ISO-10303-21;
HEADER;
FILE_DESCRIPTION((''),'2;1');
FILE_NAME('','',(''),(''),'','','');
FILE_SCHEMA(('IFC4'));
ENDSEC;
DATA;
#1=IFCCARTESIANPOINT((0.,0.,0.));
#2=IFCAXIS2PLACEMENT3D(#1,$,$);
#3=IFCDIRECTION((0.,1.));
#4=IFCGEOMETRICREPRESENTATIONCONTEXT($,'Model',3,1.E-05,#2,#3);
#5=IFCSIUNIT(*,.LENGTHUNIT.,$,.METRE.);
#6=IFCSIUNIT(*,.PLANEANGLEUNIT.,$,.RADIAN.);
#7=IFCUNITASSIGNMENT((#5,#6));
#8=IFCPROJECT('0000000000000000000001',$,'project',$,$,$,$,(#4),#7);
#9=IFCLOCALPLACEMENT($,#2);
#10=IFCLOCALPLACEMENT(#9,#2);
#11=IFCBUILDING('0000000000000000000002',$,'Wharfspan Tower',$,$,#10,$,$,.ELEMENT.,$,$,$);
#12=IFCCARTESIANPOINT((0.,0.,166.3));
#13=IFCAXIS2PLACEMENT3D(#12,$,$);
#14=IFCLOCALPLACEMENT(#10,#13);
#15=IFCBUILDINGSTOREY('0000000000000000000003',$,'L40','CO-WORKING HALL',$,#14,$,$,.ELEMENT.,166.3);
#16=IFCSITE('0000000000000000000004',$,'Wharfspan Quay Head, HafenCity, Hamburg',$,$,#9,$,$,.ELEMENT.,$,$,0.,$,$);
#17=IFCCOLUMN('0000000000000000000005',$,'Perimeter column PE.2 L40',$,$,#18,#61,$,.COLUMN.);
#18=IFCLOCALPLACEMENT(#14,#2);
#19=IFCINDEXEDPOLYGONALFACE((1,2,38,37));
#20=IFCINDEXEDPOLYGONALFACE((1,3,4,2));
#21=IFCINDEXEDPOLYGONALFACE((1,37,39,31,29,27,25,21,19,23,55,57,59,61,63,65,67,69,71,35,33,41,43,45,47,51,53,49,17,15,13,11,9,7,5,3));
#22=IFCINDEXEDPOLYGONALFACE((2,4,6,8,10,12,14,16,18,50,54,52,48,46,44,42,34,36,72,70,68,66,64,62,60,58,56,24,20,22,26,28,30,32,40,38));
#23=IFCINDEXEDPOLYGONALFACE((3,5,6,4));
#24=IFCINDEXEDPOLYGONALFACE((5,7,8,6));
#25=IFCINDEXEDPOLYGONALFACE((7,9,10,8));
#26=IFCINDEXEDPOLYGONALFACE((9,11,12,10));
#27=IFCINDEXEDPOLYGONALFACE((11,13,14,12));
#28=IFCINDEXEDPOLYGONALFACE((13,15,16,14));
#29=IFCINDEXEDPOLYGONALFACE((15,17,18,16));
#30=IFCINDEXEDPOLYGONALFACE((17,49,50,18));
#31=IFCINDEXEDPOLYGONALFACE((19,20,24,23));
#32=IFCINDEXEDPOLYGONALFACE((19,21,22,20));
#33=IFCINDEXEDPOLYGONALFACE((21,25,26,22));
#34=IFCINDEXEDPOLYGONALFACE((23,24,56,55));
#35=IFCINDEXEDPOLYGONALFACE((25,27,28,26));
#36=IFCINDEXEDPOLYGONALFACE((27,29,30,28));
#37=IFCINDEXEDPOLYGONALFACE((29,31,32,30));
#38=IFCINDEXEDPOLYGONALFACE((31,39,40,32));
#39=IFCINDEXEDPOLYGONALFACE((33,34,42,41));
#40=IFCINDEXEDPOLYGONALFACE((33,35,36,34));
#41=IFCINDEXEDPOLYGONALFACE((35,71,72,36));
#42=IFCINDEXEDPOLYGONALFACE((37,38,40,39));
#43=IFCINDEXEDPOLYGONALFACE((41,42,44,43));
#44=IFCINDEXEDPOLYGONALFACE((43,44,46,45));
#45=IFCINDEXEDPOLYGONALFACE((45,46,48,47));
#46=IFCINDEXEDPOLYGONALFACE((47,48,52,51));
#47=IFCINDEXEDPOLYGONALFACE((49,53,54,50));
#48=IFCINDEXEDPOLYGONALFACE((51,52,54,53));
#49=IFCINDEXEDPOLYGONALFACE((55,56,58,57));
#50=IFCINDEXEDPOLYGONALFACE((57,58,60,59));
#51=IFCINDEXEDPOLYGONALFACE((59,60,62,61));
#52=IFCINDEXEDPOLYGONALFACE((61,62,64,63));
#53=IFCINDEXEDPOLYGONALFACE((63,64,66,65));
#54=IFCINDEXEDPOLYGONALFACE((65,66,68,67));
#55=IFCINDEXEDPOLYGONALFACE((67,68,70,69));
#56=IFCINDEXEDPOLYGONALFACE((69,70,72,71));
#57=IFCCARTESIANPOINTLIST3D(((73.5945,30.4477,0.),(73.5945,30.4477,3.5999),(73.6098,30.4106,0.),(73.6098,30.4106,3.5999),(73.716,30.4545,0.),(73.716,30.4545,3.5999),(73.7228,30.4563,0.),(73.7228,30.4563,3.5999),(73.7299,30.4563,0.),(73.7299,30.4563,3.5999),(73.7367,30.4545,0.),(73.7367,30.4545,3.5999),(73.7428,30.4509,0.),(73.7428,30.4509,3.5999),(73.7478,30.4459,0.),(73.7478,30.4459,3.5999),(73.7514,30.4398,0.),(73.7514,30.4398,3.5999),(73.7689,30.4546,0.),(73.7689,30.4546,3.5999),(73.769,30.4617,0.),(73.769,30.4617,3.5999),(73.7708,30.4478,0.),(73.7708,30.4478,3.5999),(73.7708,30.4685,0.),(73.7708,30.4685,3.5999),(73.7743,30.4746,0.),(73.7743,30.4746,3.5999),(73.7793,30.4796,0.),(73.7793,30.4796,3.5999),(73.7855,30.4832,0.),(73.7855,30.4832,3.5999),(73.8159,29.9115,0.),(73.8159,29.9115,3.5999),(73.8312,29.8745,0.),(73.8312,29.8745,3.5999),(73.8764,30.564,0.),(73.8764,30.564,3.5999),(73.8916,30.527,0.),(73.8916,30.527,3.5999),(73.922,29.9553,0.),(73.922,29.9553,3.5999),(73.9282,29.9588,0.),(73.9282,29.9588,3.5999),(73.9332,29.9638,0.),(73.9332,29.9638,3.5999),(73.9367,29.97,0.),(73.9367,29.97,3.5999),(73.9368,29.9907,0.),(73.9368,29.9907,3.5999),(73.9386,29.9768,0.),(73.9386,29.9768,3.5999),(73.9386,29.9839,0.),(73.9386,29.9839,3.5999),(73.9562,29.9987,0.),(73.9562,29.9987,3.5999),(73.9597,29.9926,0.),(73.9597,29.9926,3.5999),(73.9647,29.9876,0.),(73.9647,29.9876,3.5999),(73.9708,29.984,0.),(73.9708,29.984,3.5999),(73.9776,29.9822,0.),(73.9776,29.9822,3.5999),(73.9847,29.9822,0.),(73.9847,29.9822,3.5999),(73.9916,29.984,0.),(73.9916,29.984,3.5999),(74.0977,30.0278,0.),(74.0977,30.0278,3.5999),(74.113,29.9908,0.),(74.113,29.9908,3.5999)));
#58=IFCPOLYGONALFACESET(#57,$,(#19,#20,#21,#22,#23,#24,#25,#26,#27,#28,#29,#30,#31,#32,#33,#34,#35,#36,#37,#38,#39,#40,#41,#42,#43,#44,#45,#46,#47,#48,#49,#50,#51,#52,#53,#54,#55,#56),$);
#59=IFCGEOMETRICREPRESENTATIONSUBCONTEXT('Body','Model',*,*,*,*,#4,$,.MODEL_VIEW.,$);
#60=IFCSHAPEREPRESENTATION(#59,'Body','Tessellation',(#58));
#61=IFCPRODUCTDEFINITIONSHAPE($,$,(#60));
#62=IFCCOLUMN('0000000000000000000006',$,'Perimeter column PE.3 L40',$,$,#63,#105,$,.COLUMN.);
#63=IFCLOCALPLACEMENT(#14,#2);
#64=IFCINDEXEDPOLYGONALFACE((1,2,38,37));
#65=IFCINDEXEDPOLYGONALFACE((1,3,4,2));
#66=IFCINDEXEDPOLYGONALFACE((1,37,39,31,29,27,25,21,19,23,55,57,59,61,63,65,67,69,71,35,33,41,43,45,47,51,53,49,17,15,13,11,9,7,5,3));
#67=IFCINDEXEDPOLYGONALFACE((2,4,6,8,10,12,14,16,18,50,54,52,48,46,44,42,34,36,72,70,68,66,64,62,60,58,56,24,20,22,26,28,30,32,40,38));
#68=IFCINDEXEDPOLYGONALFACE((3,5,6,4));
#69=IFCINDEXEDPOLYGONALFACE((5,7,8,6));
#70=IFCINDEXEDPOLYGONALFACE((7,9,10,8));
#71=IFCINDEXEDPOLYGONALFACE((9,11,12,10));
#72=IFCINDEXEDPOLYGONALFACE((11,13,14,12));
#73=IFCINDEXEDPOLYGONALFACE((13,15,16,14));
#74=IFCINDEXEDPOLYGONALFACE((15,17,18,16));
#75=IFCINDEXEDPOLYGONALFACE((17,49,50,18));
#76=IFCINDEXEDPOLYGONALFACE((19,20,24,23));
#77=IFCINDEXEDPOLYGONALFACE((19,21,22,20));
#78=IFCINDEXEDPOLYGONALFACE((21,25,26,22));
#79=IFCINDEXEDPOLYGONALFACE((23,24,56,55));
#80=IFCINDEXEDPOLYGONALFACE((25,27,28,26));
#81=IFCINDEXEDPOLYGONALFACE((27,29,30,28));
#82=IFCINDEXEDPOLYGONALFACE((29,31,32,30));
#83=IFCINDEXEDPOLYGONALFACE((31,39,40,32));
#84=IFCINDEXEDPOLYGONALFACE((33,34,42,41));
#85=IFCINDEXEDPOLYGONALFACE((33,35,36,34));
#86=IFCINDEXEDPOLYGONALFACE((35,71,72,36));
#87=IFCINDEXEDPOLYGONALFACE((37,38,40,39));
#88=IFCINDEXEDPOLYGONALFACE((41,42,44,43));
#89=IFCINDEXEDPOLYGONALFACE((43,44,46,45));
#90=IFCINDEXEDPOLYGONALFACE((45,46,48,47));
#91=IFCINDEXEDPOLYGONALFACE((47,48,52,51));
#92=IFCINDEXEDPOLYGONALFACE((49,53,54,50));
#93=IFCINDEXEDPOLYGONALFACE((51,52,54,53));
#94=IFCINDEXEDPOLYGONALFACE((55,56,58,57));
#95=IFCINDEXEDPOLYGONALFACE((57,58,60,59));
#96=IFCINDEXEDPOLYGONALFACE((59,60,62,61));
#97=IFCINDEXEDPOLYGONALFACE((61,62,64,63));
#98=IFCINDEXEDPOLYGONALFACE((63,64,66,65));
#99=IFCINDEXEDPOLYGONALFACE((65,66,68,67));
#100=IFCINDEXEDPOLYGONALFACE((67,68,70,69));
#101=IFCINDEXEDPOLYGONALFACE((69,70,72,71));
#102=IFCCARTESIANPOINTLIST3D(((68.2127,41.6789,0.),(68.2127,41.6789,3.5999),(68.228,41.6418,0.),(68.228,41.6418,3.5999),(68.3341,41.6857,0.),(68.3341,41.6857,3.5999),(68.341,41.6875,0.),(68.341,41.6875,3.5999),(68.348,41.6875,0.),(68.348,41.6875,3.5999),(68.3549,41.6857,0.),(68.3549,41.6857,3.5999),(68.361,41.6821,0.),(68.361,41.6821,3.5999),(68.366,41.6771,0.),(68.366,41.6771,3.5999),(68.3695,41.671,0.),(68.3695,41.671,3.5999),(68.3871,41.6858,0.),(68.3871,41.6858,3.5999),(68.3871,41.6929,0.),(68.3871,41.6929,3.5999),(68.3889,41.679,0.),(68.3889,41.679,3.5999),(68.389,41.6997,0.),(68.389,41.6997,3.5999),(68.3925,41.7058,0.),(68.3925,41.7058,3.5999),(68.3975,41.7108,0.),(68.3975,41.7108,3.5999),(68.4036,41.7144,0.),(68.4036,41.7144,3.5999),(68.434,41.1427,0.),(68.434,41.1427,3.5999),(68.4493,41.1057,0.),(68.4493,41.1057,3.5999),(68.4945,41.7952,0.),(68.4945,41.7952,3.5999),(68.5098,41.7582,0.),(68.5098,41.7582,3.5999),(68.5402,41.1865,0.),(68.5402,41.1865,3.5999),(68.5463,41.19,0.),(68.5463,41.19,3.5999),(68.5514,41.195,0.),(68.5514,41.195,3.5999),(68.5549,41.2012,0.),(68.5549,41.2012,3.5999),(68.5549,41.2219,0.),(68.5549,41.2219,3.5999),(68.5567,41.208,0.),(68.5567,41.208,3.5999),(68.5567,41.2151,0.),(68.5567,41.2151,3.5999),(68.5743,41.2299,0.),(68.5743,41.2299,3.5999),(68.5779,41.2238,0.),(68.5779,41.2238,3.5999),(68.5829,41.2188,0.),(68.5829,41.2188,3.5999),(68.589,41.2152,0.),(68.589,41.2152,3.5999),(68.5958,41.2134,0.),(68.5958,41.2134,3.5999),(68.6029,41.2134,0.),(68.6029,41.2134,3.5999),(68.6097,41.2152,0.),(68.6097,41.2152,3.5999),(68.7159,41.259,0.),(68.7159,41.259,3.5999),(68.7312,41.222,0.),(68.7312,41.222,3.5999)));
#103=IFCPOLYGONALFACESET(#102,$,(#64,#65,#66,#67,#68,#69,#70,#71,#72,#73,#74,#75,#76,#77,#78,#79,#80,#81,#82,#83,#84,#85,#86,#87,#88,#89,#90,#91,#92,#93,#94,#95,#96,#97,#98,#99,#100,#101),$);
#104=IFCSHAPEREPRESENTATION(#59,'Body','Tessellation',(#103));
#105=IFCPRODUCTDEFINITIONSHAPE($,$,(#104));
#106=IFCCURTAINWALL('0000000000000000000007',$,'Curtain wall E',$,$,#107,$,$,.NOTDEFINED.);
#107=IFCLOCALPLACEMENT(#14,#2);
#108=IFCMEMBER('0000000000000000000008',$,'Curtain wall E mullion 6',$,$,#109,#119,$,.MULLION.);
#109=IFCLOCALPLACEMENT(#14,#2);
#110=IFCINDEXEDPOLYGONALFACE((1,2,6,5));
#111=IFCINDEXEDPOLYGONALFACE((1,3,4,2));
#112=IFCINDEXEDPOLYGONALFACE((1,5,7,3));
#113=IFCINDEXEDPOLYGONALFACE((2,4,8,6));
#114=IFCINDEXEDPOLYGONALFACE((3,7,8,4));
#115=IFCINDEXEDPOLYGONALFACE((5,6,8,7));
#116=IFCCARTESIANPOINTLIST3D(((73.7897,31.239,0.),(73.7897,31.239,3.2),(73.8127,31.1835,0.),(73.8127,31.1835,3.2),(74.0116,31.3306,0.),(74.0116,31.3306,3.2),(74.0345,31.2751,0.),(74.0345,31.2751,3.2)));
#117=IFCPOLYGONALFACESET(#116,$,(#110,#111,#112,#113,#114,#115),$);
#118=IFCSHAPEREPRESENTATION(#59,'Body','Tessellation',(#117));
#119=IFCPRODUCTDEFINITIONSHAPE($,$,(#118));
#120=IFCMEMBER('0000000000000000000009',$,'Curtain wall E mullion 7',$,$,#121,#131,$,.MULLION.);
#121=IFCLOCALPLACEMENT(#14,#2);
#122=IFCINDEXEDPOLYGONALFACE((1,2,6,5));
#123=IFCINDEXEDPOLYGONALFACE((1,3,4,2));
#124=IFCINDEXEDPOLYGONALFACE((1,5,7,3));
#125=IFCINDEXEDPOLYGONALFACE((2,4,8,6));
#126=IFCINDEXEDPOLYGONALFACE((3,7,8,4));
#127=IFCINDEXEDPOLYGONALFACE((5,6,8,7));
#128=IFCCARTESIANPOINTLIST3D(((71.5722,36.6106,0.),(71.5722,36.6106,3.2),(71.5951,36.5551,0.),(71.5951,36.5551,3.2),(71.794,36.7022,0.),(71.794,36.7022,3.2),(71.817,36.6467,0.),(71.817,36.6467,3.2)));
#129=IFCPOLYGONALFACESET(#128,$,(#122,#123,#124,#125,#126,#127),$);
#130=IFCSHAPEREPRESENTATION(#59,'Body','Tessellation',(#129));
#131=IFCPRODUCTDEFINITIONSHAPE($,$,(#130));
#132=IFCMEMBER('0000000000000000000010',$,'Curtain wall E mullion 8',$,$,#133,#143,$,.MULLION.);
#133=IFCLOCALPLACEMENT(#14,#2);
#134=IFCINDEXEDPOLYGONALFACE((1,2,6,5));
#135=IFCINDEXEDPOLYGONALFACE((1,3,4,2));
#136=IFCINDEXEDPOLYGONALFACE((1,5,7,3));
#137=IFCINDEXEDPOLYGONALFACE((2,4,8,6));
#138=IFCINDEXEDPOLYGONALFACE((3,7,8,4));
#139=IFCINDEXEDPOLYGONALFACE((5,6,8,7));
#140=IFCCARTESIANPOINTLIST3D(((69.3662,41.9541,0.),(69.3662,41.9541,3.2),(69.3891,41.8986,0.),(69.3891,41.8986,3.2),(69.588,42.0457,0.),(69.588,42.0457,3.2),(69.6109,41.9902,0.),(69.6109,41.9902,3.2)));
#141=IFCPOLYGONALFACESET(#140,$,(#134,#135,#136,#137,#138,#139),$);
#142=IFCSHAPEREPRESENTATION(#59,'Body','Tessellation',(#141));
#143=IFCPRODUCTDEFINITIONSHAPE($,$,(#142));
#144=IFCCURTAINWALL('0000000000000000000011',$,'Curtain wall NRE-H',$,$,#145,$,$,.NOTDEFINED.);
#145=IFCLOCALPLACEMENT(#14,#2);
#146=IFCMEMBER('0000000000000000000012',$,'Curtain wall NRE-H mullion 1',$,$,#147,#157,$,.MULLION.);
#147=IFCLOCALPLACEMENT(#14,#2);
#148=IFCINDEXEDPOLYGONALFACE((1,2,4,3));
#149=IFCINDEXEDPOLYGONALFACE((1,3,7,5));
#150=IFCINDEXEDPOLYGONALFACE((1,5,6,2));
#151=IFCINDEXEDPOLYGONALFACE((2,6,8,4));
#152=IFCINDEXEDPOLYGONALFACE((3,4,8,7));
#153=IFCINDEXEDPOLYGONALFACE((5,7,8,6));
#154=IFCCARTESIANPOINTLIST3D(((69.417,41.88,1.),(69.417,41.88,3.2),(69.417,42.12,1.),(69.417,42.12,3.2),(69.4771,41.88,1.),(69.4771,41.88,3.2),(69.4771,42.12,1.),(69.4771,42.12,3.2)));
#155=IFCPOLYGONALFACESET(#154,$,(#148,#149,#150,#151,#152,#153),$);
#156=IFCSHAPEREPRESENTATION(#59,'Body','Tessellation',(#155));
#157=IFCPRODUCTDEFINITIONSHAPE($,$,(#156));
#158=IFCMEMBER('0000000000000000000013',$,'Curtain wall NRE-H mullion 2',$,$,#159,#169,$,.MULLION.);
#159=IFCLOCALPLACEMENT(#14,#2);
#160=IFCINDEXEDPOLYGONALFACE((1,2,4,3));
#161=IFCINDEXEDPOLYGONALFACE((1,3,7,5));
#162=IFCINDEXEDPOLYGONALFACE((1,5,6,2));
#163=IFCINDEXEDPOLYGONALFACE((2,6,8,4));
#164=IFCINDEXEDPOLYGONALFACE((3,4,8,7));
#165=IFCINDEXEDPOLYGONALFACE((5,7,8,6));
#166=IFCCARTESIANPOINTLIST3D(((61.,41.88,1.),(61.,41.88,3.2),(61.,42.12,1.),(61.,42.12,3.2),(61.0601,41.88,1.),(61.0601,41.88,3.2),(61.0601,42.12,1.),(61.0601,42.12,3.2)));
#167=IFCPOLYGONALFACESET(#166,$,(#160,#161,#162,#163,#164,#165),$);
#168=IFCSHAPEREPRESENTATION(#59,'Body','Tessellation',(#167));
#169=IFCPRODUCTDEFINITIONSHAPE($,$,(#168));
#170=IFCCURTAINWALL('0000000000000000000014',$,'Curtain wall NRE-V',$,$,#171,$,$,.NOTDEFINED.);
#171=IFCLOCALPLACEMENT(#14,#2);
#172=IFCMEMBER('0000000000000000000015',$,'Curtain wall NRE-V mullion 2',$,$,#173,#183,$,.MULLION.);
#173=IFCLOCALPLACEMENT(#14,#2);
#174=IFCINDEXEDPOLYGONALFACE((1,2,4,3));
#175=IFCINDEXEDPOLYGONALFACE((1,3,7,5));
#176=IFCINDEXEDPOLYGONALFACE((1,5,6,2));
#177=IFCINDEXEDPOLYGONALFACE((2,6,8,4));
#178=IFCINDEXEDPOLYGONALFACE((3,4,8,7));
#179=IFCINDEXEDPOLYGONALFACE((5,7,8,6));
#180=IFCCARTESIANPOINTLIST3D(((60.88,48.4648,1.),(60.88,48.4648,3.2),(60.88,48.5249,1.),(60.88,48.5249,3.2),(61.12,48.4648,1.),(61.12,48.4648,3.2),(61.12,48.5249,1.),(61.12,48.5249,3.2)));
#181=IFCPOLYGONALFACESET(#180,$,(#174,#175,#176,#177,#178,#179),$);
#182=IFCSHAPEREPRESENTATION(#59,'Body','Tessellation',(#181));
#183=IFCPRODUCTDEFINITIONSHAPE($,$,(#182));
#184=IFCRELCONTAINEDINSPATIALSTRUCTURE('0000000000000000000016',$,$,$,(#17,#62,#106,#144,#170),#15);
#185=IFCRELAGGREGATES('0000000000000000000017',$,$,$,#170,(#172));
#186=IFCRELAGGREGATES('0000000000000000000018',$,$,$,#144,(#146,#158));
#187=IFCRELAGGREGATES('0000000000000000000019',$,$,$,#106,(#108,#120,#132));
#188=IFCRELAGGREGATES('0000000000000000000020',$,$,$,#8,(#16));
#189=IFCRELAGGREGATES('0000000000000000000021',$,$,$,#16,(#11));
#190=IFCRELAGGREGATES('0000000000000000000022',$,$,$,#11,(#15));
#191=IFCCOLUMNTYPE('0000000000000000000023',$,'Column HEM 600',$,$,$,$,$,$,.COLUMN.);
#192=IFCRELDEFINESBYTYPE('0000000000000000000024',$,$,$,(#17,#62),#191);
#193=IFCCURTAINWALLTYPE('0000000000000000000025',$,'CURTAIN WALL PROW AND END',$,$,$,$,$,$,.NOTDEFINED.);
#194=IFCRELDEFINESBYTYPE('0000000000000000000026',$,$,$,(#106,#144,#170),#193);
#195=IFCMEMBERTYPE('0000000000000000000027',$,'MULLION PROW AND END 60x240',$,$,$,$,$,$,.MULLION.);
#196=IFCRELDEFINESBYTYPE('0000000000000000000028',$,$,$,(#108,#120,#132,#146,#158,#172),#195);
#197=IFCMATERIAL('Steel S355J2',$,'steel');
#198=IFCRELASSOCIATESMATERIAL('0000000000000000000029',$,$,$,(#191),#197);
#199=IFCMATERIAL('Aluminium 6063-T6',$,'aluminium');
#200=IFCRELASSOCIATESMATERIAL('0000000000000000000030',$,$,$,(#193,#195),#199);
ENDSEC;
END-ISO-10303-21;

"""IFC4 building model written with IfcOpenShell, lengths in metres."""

from ifc_helpers import new_model, si_unit, direction, frame, origin, origin_2d, place, context, subcontext, project, spatial, rectangle, i_section, extrude, material, material_profile, profile_set, type_object, element, aggregate, save


model = new_model("IFC4")

# Units and contexts
model_context = context("Model", 3, precision=1e-05, world=origin(), true_north=direction((0.0, 1.0)))
body_context = subcontext(model_context, "Body", "Model", "MODEL_VIEW")
ifc_project = project(units=[si_unit("LENGTHUNIT", "METRE"), si_unit("PLANEANGLEUNIT", "RADIAN")], contexts=[model_context])

# Site, building, storey
site_placement = place(None, origin())
site = spatial("IfcSite", under=ifc_project, at=site_placement, Name="Wharfspan Quay Head, HafenCity, Hamburg", CompositionType="ELEMENT", RefElevation=0.0)
building_placement = place(site_placement, origin())
building = spatial("IfcBuilding", under=site, at=building_placement, Name="Wharfspan Tower", CompositionType="ELEMENT")
storey_placement = place(building_placement, frame((0.0, 0.0, 166.3)))
storey = spatial("IfcBuildingStorey", under=building, at=storey_placement, Name="L40", Description="CO-WORKING HALL", CompositionType="ELEMENT", Elevation=166.3)

# Columns
ifc_material_1 = material(Name="Steel S355J2", Category="steel")
ifc_material_profile_1 = material_profile(ifc_material_1, i_section(OverallWidth=0.3049, OverallDepth=0.6201, WebThickness=0.021, FlangeThickness=0.04, FilletRadius=0.0271, at=origin_2d()))
ifc_profile_set_1 = profile_set([ifc_material_profile_1], Name="Steel S355J2")
column_type = type_object("IfcColumnType", Name="Column HEM 600", PredefinedType="COLUMN", material=ifc_profile_set_1)
for number, where, z_axis, x_axis, name in (
    (1, (73.8538, 30.2192, 0.0), (0.0, 0.0, 1.0), (0.924325, 0.381602, 0.0), "Perimeter column PE.2 L40"),
    (2, (68.4719, 41.4504, 0.0), (0.0, 0.0, 1.0), (0.924325, 0.381602, 0.0), "Perimeter column PE.3 L40"),
):
    element("IfcColumn", number, at=place(storey_placement, frame(where, z_axis=z_axis, x_axis=x_axis)), inside=storey, type_object=column_type, Name=name, PredefinedType="COLUMN", context=body_context, shape_type="SweptSolid", body=[
        extrude(i_section(OverallWidth=0.3049, OverallDepth=0.6201, WebThickness=0.021, FlangeThickness=0.04, FilletRadius=0.0271, at=origin_2d()), origin(), (0.0, 0.0, 1.0), 3.5999),
    ])

# Curtain walls, members
ifc_material_2 = material(Name="Aluminium 6063-T6", Category="aluminium")
curtain_wall_type = type_object("IfcCurtainWallType", Name="CURTAIN WALL PROW AND END", PredefinedType="NOTDEFINED", material=ifc_material_2)
curtain_wall_1_placement = place(storey_placement, origin())
curtain_wall_1 = element("IfcCurtainWall", 3, at=curtain_wall_1_placement, inside=storey, type_object=curtain_wall_type, Name="Curtain wall E", PredefinedType="NOTDEFINED")
ifc_material_profile_2 = material_profile(ifc_material_2, rectangle(XDim=0.24, YDim=0.0601, at=origin_2d()))
ifc_profile_set_2 = profile_set([ifc_material_profile_2], Name="Aluminium 6063-T6")
member_type_1 = type_object("IfcMemberType", Name="MULLION PROW AND END 60x240", PredefinedType="MULLION", material=ifc_profile_set_2)
member_1_placement = place(storey_placement, frame((73.9121, 31.2571, 0.0), z_axis=(0.0, 0.0, 1.0), x_axis=(-0.924325, -0.381602, 0.0)))
member_1 = element("IfcMember", 4, at=member_1_placement, type_object=member_type_1, Name="Curtain wall E mullion 6", PredefinedType="MULLION", context=body_context, shape_type="SweptSolid", body=[
    extrude(rectangle(XDim=0.24, YDim=0.0601, at=origin_2d()), origin(), (0.0, 0.0, 1.0), 3.2),
])
member_2_placement = place(storey_placement, frame((71.6946, 36.6287, 0.0), z_axis=(0.0, 0.0, 1.0), x_axis=(-0.924325, -0.381602, 0.0)))
member_2 = element("IfcMember", 5, at=member_2_placement, type_object=member_type_1, Name="Curtain wall E mullion 7", PredefinedType="MULLION", context=body_context, shape_type="SweptSolid", body=[
    extrude(rectangle(XDim=0.24, YDim=0.0601, at=origin_2d()), origin(), (0.0, 0.0, 1.0), 3.2),
])
member_3_placement = place(storey_placement, frame((69.4885, 41.9722, 0.0), z_axis=(0.0, 0.0, 1.0), x_axis=(-0.924325, -0.381602, 0.0)))
member_3 = element("IfcMember", 6, at=member_3_placement, type_object=member_type_1, Name="Curtain wall E mullion 8", PredefinedType="MULLION", context=body_context, shape_type="SweptSolid", body=[
    extrude(rectangle(XDim=0.24, YDim=0.0601, at=origin_2d()), origin(), (0.0, 0.0, 1.0), 3.2),
])
curtain_wall_2_placement = place(storey_placement, origin())
curtain_wall_2 = element("IfcCurtainWall", 7, at=curtain_wall_2_placement, inside=storey, type_object=curtain_wall_type, Name="Curtain wall NRE-H", PredefinedType="NOTDEFINED")
member_4_placement = place(storey_placement, frame((69.447, 42.0, 1.0), z_axis=(0.0, 0.0, 1.0), x_axis=(0.0, -1.0, 0.0)))
member_4 = element("IfcMember", 8, at=member_4_placement, type_object=member_type_1, Name="Curtain wall NRE-H mullion 1", PredefinedType="MULLION", context=body_context, shape_type="SweptSolid", body=[
    extrude(rectangle(XDim=0.24, YDim=0.0601, at=origin_2d()), origin(), (0.0, 0.0, 1.0), 2.2),
])
member_5_placement = place(storey_placement, frame((61.03, 42.0, 1.0), z_axis=(0.0, 0.0, 1.0), x_axis=(0.0, -1.0, 0.0)))
member_5 = element("IfcMember", 9, at=member_5_placement, type_object=member_type_1, Name="Curtain wall NRE-H mullion 2", PredefinedType="MULLION", context=body_context, shape_type="SweptSolid", body=[
    extrude(rectangle(XDim=0.24, YDim=0.0601, at=origin_2d()), origin(), (0.0, 0.0, 1.0), 2.2),
])

# Curtain wall, member
curtain_wall_3_placement = place(storey_placement, origin())
curtain_wall_3 = element("IfcCurtainWall", 10, at=curtain_wall_3_placement, inside=storey, type_object=curtain_wall_type, Name="Curtain wall NRE-V", PredefinedType="NOTDEFINED")
member_6_placement = place(storey_placement, frame((61.0, 48.4949, 1.0), z_axis=(0.0, 0.0, 1.0), x_axis=(-1.0, 0.0, 0.0)))
member_6 = element("IfcMember", 11, at=member_6_placement, type_object=member_type_1, Name="Curtain wall NRE-V mullion 2", PredefinedType="MULLION", context=body_context, shape_type="SweptSolid", body=[
    extrude(rectangle(XDim=0.24, YDim=0.0601, at=origin_2d()), origin(), (0.0, 0.0, 1.0), 2.2),
])
aggregate(curtain_wall_3, [member_6])

aggregate(curtain_wall_2, [member_4, member_5])
aggregate(curtain_wall_1, [member_1, member_2, member_3])

save(model, "model.ifc")
